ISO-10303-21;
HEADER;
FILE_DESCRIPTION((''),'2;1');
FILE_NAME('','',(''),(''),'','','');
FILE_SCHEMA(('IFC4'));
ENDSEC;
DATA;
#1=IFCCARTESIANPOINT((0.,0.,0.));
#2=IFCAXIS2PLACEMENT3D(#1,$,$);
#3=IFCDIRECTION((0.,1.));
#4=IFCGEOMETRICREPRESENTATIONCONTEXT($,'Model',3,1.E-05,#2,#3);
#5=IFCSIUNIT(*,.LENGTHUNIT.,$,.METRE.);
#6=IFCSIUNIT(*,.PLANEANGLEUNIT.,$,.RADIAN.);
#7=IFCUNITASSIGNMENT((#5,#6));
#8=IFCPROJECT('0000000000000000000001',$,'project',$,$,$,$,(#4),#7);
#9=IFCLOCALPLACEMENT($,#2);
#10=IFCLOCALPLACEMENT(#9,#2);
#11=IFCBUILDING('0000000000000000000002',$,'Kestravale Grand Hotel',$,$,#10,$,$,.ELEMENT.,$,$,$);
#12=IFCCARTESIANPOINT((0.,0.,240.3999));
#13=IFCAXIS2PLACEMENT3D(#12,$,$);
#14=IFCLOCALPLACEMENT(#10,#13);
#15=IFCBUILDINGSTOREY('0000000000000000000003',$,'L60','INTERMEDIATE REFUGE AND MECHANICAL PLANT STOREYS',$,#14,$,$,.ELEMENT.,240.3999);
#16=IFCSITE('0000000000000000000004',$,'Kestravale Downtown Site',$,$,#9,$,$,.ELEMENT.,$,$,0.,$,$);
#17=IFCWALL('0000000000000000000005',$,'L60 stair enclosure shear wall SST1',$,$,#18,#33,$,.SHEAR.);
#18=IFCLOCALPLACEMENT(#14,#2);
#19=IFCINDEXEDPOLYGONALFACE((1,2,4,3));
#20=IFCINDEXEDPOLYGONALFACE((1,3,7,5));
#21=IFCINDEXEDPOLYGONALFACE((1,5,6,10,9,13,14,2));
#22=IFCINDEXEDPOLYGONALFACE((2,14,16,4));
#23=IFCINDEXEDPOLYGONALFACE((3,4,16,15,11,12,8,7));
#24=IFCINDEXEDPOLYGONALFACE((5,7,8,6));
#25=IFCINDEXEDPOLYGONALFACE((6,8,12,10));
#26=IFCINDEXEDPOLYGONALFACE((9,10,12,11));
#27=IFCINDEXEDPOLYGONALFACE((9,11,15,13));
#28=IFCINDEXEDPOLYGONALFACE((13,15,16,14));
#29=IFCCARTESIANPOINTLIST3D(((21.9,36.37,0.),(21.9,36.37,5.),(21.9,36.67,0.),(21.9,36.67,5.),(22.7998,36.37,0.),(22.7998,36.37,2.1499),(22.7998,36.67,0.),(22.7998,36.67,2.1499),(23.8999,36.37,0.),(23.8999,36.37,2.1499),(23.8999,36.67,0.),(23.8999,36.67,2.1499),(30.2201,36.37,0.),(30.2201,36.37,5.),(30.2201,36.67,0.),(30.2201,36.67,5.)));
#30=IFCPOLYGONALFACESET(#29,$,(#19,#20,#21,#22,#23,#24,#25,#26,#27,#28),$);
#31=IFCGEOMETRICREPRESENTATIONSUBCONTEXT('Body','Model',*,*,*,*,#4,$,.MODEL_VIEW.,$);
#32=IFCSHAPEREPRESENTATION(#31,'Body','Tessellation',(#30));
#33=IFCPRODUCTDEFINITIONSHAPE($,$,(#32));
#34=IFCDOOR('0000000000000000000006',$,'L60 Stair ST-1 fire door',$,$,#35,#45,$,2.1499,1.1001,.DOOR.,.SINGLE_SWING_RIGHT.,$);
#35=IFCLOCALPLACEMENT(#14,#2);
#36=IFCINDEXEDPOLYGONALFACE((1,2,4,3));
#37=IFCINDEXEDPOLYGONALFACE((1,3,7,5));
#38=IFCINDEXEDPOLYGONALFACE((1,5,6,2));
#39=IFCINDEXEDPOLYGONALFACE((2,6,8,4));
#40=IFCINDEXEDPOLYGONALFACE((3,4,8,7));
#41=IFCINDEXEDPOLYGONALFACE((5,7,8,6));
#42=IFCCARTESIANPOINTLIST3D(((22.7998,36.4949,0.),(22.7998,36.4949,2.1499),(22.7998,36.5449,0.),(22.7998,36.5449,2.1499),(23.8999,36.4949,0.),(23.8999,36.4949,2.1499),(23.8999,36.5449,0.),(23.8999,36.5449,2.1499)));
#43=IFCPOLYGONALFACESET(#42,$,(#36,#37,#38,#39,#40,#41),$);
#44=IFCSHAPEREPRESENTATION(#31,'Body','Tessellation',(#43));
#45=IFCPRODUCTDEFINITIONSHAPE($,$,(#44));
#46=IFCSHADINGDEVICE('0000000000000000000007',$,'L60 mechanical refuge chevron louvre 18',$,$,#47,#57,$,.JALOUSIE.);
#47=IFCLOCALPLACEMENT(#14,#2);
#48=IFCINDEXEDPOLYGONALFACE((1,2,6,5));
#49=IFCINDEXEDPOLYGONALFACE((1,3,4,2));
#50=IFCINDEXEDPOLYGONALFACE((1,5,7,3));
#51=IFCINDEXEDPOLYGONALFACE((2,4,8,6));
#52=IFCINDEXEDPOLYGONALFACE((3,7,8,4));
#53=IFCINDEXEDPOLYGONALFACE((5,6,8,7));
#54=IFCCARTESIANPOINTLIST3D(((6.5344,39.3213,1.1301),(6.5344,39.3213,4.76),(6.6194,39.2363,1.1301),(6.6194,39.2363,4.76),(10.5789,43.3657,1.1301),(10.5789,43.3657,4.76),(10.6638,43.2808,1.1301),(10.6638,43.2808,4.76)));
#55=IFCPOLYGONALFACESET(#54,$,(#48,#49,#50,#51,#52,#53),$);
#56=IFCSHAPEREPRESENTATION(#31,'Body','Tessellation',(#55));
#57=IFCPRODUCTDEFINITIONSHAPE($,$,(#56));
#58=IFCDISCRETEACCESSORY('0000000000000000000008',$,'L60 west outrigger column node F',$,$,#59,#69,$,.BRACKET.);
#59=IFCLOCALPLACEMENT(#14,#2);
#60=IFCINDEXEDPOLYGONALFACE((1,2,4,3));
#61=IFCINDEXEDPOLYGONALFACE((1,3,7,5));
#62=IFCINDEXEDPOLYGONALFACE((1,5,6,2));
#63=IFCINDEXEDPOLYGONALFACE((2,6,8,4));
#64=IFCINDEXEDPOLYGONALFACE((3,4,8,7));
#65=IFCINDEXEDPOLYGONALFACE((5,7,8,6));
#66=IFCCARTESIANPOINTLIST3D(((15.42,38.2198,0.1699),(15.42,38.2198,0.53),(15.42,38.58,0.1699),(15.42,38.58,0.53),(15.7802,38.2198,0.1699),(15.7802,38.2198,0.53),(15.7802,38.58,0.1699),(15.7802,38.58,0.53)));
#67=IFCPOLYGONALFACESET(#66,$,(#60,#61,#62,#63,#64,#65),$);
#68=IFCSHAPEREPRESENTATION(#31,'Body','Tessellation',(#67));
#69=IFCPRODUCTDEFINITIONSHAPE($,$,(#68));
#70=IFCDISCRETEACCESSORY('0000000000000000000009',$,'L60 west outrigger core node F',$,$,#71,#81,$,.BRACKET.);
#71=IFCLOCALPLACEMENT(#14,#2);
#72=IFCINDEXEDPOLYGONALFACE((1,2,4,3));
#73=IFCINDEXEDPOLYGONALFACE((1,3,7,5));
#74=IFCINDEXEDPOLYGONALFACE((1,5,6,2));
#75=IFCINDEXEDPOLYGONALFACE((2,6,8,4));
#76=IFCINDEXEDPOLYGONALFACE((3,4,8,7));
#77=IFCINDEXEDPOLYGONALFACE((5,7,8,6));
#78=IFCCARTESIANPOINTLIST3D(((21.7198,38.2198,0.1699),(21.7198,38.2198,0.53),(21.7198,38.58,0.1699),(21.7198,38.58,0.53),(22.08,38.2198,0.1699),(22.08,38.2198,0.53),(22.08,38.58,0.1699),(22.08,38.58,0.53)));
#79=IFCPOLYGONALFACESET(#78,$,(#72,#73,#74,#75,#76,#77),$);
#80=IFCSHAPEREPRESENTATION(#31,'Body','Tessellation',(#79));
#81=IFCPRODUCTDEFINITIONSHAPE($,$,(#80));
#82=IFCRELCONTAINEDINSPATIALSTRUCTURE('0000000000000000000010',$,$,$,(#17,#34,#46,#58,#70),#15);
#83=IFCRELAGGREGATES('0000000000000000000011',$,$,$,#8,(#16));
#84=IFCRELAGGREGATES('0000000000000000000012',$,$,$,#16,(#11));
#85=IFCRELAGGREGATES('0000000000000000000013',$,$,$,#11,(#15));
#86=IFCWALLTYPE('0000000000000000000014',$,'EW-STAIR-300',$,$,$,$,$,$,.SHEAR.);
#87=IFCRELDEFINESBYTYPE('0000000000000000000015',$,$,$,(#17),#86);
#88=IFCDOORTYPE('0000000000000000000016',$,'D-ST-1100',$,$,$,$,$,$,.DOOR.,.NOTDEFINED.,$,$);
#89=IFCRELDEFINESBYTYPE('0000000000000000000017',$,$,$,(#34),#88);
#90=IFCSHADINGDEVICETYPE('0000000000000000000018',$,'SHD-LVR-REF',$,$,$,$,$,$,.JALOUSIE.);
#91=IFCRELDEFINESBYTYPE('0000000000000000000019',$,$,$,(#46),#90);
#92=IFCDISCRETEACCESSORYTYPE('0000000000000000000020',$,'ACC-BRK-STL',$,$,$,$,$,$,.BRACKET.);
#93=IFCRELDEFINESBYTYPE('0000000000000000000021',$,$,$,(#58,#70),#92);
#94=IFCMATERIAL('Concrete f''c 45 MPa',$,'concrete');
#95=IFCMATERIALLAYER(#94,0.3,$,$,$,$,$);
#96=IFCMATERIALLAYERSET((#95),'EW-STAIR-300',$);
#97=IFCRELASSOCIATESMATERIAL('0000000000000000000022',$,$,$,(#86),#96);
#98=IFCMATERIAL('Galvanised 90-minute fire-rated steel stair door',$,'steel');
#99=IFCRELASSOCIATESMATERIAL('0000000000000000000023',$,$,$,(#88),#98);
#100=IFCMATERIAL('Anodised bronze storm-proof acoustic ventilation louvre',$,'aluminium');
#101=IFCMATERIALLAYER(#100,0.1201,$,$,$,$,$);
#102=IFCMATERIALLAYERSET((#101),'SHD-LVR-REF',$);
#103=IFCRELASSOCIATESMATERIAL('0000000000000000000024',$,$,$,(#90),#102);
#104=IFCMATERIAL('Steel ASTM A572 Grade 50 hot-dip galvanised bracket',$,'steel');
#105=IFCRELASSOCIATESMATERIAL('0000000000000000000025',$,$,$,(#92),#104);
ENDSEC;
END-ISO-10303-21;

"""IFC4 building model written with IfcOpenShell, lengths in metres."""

from ifc_helpers import new_model, si_unit, direction, frame, frame_2d, origin, origin_2d, place, context, subcontext, project, spatial, rectangle, extrude, material, layer, layer_set, type_object, element, fill, save


model = new_model("IFC4")

# Units and contexts
model_context = context("Model", 3, precision=1e-05, world=origin(), true_north=direction((0.0, 1.0)))
body_context = subcontext(model_context, "Body", "Model", "MODEL_VIEW")
ifc_project = project(units=[si_unit("LENGTHUNIT", "METRE"), si_unit("PLANEANGLEUNIT", "RADIAN")], contexts=[model_context])

# Site, building, storey
site_placement = place(None, origin())
site = spatial("IfcSite", under=ifc_project, at=site_placement, Name="Kestravale Downtown Site", CompositionType="ELEMENT", RefElevation=0.0)
building_placement = place(site_placement, origin())
building = spatial("IfcBuilding", under=site, at=building_placement, Name="Kestravale Grand Hotel", CompositionType="ELEMENT")
storey_placement = place(building_placement, frame((0.0, 0.0, 240.3999)))
storey = spatial("IfcBuildingStorey", under=building, at=storey_placement, Name="L60", Description="INTERMEDIATE REFUGE AND MECHANICAL PLANT STOREYS", CompositionType="ELEMENT", Elevation=240.3999)

# Wall, opening, door
ifc_material_1 = material(Name="Concrete f'c 45 MPa", Category="concrete")
ifc_layer_1 = layer(ifc_material_1, 0.3)
ifc_layer_set_1 = layer_set([ifc_layer_1], Name="EW-STAIR-300")
wall_type_1 = type_object("IfcWallType", Name="EW-STAIR-300", PredefinedType="SHEAR", material=ifc_layer_set_1)
wall_1_placement = place(storey_placement, frame((21.8999, 36.52, 0.0), z_axis=(0.0, 0.0, 1.0), x_axis=(1.0, 0.0, 0.0)))
wall_1 = element("IfcWall", 1, at=wall_1_placement, inside=storey, type_object=wall_type_1, Name="L60 stair enclosure shear wall SST1", PredefinedType="SHEAR", context=body_context, shape_type="SweptSolid", body=[
    extrude(rectangle(XDim=8.3201, YDim=0.3, at=frame_2d((4.1602, 0.0))), origin(), (0.0, 0.0, 1.0), 5.0),
])
opening_placement = place(wall_1_placement, frame((0.8999, 0.0, 0.0)))
opening = element("IfcOpeningElement", 2, at=opening_placement, cuts=wall_1, PredefinedType="OPENING", context=body_context, shape_type="SweptSolid", body=[
    extrude(rectangle(XDim=1.1001, YDim=2.1499, at=frame_2d((0.55, 1.075))), frame((0.0, 0.1599, 0.0), z_axis=(0.0, -1.0, 0.0), x_axis=(1.0, 0.0, 0.0)), (0.0, 0.0, 1.0), 0.3201),
])
ifc_material_2 = material(Name="Galvanised 90-minute fire-rated steel stair door", Category="steel")
door_type = type_object("IfcDoorType", Name="D-ST-1100", OperationType="NOTDEFINED", PredefinedType="DOOR", material=ifc_material_2)
door_placement = place(opening_placement, origin())
door = element("IfcDoor", 3, at=door_placement, inside=storey, type_object=door_type, Name="L60 Stair ST-1 fire door", OperationType="SINGLE_SWING_RIGHT", OverallHeight=2.1499, OverallWidth=1.1001, PredefinedType="DOOR", context=body_context, shape_type="SweptSolid", body=[
    extrude(rectangle(XDim=1.1001, YDim=2.1499, at=frame_2d((0.55, 1.075))), frame((0.0, 0.0249, 0.0), z_axis=(0.0, -1.0, 0.0), x_axis=(1.0, 0.0, 0.0)), (0.0, 0.0, 1.0), 0.05),
])
fill(opening, door)

# Shading device
ifc_material_3 = material(Name="Anodised bronze storm-proof acoustic ventilation louvre", Category="aluminium")
ifc_layer_2 = layer(ifc_material_3, 0.1201)
ifc_layer_set_2 = layer_set([ifc_layer_2], Name="SHD-LVR-REF")
shading_device_type = type_object("IfcShadingDeviceType", Name="SHD-LVR-REF", PredefinedType="JALOUSIE", material=ifc_layer_set_2)
shading_device_placement = place(storey_placement, frame((8.5991, 41.301, 1.1301), z_axis=(0.0, 0.0, 1.0), x_axis=(-0.707107, -0.707107, 0.0)))
element("IfcShadingDevice", 4, at=shading_device_placement, inside=storey, type_object=shading_device_type, Name="L60 mechanical refuge chevron louvre 18", PredefinedType="JALOUSIE", context=body_context, shape_type="SweptSolid", body=[
    extrude(rectangle(XDim=5.7197, YDim=0.1201, at=origin_2d()), origin(), (0.0, 0.0, 1.0), 3.6299),
])

# Discrete accessories
ifc_material_4 = material(Name="Steel ASTM A572 Grade 50 hot-dip galvanised bracket", Category="steel")
discrete_accessory_type = type_object("IfcDiscreteAccessoryType", Name="ACC-BRK-STL", PredefinedType="BRACKET", material=ifc_material_4)
for number, where, z_axis, x_axis, name in (
    (5, (15.6001, 38.3999, 0.1699), (0.0, 0.0, 1.0), (1.0, 0.0, 0.0), "L60 west outrigger column node F"),
    (6, (21.8999, 38.3999, 0.1699), (0.0, 0.0, 1.0), (1.0, 0.0, 0.0), "L60 west outrigger core node F"),
):
    element("IfcDiscreteAccessory", number, at=place(storey_placement, frame(where, z_axis=z_axis, x_axis=x_axis)), inside=storey, type_object=discrete_accessory_type, Name=name, PredefinedType="BRACKET", context=body_context, shape_type="SweptSolid", body=[
        extrude(rectangle(XDim=0.3601, YDim=0.3601, at=origin_2d()), origin(), (0.0, 0.0, 1.0), 0.3601),
    ])

save(model, "model.ifc")
